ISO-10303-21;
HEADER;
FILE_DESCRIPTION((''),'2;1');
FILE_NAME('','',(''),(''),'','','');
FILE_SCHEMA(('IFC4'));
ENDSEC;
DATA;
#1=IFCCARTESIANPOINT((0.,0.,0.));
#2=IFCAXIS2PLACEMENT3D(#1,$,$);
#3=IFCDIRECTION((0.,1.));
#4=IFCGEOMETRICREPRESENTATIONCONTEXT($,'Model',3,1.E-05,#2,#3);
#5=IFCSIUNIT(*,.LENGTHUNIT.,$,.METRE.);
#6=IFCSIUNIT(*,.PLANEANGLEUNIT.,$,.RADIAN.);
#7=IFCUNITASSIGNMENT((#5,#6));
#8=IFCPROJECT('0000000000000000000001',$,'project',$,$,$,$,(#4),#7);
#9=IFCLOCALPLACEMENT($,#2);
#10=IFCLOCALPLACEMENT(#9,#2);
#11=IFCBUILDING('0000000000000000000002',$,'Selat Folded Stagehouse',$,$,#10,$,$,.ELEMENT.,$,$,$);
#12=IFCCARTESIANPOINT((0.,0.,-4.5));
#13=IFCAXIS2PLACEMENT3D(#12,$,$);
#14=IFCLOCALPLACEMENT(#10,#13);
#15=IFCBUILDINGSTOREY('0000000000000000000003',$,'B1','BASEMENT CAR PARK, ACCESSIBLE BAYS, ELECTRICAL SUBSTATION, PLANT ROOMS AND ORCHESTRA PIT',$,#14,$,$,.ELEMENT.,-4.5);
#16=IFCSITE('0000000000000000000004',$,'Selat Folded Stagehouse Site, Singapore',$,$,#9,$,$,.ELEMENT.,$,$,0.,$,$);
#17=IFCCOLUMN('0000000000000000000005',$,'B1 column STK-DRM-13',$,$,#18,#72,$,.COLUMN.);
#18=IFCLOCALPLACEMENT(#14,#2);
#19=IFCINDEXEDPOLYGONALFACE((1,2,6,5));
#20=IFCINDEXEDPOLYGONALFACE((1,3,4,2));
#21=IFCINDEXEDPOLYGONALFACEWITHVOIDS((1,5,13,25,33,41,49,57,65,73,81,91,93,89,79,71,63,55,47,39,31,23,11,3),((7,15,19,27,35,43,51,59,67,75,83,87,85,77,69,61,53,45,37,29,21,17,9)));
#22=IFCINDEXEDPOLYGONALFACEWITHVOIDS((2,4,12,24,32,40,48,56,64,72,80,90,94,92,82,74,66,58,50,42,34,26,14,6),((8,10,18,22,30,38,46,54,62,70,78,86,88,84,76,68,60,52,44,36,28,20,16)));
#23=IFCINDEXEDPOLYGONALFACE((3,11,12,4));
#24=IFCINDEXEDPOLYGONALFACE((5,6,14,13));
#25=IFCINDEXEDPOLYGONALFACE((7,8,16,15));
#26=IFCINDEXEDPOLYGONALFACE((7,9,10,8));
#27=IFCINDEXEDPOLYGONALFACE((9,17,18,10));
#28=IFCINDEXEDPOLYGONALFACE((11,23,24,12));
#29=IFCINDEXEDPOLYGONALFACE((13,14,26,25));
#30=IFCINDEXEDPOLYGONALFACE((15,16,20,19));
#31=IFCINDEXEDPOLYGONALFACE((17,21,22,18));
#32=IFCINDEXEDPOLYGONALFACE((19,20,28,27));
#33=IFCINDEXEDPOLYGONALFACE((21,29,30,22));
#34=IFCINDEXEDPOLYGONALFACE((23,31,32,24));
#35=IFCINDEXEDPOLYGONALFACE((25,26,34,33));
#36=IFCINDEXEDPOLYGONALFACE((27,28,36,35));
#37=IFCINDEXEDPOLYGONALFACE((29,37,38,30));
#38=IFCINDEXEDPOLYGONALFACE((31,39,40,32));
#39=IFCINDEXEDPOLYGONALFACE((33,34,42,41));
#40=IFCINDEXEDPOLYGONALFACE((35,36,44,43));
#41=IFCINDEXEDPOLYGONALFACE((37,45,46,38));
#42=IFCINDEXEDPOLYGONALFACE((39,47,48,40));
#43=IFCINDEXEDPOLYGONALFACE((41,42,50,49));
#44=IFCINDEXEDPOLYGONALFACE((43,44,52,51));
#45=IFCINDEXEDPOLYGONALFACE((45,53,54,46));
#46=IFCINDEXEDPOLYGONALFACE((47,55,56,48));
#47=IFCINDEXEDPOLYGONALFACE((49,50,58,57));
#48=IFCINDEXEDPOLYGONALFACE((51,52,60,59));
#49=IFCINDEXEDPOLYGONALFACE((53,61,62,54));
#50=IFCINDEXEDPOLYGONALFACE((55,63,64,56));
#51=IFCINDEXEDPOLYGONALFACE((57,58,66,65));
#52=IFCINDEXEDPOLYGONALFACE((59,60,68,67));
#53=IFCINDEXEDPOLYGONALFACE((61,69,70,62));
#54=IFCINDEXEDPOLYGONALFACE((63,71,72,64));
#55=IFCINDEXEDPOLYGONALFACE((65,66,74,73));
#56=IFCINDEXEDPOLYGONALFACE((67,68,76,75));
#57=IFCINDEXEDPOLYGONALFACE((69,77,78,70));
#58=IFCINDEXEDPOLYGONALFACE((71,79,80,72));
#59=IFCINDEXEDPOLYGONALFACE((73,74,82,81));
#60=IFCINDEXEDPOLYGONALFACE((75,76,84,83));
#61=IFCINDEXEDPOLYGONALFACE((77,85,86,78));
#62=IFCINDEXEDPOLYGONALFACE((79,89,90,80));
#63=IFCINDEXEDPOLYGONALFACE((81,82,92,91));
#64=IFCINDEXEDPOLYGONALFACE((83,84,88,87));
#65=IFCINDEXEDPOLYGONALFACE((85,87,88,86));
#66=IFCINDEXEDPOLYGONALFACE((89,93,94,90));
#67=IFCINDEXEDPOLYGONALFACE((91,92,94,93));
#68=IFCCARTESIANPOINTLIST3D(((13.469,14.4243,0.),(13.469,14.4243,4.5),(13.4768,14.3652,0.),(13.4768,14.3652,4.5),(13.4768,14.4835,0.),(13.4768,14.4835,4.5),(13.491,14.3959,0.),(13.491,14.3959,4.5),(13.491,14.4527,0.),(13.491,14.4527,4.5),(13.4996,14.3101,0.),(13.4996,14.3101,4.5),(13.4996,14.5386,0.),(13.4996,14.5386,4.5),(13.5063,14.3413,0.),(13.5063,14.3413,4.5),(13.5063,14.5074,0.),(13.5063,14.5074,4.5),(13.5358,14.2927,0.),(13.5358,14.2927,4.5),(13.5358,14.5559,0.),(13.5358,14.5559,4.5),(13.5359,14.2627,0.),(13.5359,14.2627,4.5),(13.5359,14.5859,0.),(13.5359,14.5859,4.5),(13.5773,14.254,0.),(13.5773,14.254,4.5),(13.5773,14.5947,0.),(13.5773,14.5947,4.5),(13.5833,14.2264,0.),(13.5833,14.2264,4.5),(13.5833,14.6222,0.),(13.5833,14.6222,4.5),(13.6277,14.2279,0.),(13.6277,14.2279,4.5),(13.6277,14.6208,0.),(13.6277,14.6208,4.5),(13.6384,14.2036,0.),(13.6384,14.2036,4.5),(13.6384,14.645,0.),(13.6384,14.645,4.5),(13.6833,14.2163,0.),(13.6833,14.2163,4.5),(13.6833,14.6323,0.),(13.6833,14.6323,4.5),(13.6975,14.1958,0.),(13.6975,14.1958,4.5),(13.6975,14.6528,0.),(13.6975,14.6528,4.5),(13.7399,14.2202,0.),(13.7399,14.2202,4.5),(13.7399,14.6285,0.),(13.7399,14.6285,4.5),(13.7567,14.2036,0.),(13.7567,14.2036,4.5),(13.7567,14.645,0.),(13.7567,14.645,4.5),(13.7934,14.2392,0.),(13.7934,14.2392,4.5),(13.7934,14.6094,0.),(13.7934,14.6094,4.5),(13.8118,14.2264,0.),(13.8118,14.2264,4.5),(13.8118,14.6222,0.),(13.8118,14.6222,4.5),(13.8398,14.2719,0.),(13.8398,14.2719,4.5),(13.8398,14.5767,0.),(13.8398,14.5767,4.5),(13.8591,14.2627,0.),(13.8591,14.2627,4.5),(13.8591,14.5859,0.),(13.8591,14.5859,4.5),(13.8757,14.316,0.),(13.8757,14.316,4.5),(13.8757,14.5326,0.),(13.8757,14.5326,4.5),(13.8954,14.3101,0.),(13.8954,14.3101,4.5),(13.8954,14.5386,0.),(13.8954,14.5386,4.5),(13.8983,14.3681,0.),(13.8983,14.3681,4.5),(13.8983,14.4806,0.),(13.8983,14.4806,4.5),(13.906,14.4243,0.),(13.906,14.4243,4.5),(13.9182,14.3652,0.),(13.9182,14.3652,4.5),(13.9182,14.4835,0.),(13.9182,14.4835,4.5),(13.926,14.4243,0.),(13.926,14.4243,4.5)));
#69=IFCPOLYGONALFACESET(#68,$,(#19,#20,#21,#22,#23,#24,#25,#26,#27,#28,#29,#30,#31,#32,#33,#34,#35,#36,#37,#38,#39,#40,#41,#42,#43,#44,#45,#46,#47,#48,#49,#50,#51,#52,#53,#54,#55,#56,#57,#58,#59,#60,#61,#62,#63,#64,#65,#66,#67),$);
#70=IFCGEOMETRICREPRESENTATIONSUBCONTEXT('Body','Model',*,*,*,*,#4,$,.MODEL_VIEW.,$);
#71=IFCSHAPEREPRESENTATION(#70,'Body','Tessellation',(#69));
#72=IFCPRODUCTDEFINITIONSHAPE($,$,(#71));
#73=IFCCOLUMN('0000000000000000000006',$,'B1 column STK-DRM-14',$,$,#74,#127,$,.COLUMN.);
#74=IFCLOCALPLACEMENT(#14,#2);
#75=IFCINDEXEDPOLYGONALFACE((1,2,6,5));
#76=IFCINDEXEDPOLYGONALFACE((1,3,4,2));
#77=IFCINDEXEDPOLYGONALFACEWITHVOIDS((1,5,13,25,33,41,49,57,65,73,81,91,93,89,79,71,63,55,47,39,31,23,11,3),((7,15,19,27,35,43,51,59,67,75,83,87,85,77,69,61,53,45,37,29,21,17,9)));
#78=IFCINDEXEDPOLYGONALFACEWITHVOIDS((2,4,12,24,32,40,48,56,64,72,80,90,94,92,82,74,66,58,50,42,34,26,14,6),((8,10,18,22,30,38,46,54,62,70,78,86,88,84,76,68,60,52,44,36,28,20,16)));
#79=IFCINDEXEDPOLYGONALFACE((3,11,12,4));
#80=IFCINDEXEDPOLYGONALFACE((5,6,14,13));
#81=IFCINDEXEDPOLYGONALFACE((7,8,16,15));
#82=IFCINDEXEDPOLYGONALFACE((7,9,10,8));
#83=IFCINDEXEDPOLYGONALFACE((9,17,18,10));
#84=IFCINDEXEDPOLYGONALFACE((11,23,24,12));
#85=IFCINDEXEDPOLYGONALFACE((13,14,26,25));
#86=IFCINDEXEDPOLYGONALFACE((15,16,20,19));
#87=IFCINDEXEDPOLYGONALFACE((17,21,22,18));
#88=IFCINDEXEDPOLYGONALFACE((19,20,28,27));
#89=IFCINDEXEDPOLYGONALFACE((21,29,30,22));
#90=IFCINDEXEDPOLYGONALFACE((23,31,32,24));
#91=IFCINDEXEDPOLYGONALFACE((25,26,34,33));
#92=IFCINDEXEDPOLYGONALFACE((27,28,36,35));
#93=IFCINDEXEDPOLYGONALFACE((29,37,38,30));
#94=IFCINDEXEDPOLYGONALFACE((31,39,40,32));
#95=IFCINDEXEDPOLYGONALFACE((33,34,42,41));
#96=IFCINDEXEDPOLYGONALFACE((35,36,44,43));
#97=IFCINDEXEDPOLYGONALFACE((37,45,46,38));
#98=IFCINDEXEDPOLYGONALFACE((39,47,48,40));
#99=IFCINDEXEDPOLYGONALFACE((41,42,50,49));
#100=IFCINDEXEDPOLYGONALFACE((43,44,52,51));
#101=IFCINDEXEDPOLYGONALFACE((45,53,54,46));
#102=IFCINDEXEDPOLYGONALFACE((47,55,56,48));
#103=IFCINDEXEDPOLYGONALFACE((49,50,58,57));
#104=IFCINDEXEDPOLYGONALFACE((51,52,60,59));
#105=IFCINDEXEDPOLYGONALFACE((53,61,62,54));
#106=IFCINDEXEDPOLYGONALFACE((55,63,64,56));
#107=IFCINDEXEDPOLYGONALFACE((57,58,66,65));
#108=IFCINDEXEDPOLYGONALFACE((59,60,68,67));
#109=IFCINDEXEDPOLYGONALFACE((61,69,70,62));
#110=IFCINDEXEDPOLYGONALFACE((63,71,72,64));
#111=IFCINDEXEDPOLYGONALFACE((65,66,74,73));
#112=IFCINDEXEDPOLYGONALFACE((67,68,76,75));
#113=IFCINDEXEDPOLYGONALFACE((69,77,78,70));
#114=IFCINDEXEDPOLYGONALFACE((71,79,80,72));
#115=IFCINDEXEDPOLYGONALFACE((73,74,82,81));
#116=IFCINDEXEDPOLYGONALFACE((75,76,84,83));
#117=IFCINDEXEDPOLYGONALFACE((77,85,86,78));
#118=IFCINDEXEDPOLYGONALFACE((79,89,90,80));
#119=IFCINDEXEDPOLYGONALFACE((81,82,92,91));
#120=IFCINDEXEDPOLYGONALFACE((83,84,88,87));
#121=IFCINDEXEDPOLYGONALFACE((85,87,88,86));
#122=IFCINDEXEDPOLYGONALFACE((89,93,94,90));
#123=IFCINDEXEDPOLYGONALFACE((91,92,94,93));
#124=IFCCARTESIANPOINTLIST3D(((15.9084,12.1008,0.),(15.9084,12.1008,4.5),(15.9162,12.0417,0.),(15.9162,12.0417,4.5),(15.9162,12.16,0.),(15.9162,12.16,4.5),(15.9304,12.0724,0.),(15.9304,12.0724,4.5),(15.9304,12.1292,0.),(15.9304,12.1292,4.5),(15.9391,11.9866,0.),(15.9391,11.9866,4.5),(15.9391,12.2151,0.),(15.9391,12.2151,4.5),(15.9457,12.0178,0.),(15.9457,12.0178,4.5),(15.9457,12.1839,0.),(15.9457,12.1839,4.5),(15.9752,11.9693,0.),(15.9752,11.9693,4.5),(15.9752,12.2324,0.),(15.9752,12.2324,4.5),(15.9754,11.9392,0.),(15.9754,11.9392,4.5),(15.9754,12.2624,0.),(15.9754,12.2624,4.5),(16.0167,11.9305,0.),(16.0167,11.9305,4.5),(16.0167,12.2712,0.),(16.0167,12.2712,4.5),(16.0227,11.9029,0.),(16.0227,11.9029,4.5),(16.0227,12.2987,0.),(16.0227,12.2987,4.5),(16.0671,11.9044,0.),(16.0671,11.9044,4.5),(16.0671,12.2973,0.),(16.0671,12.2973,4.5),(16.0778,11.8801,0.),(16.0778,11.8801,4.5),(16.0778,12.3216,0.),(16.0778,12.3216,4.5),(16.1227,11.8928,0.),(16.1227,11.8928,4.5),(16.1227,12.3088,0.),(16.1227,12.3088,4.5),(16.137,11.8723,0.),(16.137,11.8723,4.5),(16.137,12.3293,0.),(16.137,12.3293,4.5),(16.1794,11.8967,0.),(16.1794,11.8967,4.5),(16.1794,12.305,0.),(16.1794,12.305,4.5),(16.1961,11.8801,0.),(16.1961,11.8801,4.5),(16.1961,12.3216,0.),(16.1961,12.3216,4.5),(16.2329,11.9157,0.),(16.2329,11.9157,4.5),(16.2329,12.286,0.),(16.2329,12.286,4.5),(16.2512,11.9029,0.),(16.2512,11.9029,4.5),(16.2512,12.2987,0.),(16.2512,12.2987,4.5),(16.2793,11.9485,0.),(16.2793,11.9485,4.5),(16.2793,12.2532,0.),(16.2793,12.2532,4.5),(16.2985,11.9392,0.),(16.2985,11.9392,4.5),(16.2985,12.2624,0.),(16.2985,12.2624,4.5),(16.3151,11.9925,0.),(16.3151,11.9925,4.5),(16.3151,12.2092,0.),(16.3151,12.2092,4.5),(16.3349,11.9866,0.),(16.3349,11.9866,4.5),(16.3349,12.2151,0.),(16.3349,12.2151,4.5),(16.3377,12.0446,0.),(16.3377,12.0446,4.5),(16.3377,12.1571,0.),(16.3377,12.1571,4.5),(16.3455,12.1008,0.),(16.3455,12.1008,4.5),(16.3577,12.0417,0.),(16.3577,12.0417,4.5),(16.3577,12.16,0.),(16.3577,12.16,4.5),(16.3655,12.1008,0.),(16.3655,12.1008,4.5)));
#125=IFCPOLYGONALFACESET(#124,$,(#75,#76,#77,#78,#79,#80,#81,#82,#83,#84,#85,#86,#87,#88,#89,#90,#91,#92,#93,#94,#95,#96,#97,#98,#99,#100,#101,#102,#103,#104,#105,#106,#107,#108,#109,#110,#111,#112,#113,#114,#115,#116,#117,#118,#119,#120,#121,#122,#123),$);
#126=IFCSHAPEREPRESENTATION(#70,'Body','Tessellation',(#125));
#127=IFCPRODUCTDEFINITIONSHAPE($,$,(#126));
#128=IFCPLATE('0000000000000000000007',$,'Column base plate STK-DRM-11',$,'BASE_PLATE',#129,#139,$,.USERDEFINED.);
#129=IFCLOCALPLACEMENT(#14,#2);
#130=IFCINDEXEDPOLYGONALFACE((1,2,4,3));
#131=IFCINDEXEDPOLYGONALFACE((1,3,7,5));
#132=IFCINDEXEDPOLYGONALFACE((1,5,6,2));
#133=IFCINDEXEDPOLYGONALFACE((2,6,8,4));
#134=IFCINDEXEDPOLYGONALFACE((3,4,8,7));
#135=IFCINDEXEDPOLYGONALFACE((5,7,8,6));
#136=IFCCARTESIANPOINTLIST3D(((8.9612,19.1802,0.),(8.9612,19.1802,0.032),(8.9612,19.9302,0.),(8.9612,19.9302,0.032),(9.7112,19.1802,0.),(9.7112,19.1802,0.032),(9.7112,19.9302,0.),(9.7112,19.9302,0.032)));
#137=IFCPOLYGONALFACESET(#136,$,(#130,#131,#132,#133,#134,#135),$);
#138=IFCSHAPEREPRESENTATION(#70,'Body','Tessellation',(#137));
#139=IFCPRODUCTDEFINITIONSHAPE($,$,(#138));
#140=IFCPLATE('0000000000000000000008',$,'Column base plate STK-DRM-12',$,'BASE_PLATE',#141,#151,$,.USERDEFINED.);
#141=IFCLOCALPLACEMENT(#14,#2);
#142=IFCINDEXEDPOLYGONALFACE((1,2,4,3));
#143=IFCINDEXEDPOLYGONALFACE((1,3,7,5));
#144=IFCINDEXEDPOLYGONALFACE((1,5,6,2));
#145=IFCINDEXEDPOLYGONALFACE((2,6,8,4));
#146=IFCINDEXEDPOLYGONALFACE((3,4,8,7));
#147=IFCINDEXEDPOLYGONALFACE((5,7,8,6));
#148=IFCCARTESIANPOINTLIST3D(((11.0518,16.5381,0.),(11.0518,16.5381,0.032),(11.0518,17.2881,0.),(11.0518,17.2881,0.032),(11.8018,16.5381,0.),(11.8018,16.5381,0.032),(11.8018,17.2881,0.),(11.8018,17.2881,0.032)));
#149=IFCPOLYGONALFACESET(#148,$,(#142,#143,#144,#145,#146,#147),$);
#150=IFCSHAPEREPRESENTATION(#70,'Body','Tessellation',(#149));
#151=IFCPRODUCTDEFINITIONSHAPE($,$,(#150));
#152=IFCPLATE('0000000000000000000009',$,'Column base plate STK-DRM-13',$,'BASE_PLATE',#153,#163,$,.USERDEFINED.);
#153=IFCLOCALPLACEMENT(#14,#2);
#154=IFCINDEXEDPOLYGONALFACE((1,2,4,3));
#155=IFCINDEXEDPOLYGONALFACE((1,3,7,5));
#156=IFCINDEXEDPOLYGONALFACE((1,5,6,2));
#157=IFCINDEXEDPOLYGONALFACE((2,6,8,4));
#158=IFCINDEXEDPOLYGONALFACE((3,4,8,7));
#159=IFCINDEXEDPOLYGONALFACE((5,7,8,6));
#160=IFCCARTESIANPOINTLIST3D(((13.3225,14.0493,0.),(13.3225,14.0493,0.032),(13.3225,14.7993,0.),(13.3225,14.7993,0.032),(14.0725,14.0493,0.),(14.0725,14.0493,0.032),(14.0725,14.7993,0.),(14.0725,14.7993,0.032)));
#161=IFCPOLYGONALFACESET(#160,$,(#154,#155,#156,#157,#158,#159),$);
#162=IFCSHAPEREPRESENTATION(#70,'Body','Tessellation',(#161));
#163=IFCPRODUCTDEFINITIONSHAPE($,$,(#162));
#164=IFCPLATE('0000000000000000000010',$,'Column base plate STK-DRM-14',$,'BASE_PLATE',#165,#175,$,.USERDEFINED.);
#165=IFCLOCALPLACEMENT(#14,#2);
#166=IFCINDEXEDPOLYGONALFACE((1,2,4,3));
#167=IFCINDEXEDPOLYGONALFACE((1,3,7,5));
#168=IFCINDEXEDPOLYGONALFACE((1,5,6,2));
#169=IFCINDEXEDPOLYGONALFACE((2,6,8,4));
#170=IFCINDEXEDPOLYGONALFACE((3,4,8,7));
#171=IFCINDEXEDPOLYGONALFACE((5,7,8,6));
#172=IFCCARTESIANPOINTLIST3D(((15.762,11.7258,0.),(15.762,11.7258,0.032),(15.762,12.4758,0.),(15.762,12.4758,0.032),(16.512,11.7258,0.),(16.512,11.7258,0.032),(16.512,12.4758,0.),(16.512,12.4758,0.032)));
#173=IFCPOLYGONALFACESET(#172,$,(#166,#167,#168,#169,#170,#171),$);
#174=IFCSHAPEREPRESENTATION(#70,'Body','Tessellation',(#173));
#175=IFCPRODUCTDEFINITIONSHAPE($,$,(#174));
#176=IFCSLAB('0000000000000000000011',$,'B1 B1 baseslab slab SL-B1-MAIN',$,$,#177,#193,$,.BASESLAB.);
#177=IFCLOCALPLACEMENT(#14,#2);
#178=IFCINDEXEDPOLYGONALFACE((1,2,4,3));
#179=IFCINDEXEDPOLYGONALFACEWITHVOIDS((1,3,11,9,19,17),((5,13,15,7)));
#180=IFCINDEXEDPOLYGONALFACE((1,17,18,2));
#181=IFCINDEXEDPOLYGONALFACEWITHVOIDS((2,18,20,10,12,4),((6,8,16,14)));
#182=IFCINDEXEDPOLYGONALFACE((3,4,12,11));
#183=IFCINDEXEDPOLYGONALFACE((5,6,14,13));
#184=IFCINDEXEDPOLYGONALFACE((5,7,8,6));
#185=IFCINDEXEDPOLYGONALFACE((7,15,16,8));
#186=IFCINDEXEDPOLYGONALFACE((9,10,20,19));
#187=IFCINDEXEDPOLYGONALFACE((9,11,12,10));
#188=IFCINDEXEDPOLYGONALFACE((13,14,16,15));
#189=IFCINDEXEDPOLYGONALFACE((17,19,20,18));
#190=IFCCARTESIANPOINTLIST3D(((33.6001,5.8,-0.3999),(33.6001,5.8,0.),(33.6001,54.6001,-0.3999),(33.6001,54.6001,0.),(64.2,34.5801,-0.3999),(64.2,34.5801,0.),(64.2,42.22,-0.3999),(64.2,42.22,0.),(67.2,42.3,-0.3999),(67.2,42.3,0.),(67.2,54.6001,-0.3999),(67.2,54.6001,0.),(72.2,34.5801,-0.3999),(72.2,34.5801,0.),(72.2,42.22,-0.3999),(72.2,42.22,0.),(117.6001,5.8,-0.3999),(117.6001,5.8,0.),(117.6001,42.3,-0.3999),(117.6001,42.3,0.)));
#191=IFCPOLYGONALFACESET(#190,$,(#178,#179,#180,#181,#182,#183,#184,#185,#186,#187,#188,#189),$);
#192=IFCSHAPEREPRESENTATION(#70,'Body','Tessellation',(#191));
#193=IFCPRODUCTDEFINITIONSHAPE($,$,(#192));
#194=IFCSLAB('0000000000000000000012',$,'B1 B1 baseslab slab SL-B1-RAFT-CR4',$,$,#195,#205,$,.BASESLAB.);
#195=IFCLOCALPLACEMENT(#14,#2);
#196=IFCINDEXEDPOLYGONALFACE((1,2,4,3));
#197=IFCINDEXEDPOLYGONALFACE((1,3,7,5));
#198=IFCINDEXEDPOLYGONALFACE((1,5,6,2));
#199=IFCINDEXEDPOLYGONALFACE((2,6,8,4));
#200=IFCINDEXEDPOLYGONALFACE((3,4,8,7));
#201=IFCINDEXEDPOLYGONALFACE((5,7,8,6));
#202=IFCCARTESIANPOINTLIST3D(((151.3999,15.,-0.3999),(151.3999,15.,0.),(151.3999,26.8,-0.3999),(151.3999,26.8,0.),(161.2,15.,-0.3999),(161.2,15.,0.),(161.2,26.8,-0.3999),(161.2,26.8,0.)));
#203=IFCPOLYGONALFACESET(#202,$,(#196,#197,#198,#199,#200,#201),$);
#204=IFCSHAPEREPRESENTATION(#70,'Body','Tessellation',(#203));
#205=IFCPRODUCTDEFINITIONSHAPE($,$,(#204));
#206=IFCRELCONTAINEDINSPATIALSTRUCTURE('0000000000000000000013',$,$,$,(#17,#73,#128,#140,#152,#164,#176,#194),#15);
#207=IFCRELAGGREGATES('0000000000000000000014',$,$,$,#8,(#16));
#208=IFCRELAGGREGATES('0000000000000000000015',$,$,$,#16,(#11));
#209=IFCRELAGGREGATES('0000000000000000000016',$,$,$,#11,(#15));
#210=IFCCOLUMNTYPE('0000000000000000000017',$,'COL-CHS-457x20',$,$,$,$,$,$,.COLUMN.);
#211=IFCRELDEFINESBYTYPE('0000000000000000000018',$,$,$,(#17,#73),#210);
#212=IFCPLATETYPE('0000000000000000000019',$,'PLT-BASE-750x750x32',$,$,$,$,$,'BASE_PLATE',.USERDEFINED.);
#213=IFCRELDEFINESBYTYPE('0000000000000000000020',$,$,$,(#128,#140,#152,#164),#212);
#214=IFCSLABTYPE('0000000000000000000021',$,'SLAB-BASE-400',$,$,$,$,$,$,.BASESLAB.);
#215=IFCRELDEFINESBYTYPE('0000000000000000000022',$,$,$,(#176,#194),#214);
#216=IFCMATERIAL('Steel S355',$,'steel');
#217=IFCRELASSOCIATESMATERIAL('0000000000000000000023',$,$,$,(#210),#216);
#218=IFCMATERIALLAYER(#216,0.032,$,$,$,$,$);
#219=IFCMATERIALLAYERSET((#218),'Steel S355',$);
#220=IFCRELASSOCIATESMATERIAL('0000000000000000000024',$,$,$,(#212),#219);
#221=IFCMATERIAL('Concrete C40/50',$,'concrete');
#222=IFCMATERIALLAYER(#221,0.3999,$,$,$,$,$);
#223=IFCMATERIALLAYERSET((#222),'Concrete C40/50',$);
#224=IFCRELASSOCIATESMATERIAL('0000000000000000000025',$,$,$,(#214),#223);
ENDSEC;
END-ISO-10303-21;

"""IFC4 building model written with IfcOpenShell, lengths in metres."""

from ifc_helpers import new_model, si_unit, direction, frame, origin, origin_2d, place, context, subcontext, project, spatial, polyline, rectangle, hollow_circle, outline, extrude, material, layer, layer_set, material_profile, profile_set, type_object, element, save


model = new_model("IFC4")

# Units and contexts
model_context = context("Model", 3, precision=1e-05, world=origin(), true_north=direction((0.0, 1.0)))
body_context = subcontext(model_context, "Body", "Model", "MODEL_VIEW")
ifc_project = project(units=[si_unit("LENGTHUNIT", "METRE"), si_unit("PLANEANGLEUNIT", "RADIAN")], contexts=[model_context])

# Site, building, storey
site_placement = place(None, origin())
site = spatial("IfcSite", under=ifc_project, at=site_placement, Name="Selat Folded Stagehouse Site, Singapore", CompositionType="ELEMENT", RefElevation=0.0)
building_placement = place(site_placement, origin())
building = spatial("IfcBuilding", under=site, at=building_placement, Name="Selat Folded Stagehouse", CompositionType="ELEMENT")
storey_placement = place(building_placement, frame((0.0, 0.0, -4.5)))
storey = spatial("IfcBuildingStorey", under=building, at=storey_placement, Name="B1", Description="BASEMENT CAR PARK, ACCESSIBLE BAYS, ELECTRICAL SUBSTATION, PLANT ROOMS AND ORCHESTRA PIT", CompositionType="ELEMENT", Elevation=-4.5)

# Shared definitions
ifc_material_1 = material(Name="Concrete C40/50", Category="concrete")

# Columns
ifc_material_2 = material(Name="Steel S355", Category="steel")
ifc_material_profile = material_profile(ifc_material_2, hollow_circle(Radius=0.2285, WallThickness=0.02, at=origin_2d()), Name="CHS 457.0x20.0")
ifc_profile_set = profile_set([ifc_material_profile], Name="Steel S355")
column_type = type_object("IfcColumnType", Name="COL-CHS-457x20", PredefinedType="COLUMN", material=ifc_profile_set)
for number, where, z_axis, x_axis, name in (
    (1, (13.6975, 14.4243, 0.0), (0.0, 0.0, 1.0), (1.0, 0.0, 0.0), "B1 column STK-DRM-13"),
    (2, (16.137, 12.1008, 0.0), (0.0, 0.0, 1.0), (1.0, 0.0, 0.0), "B1 column STK-DRM-14"),
):
    element("IfcColumn", number, at=place(storey_placement, frame(where, z_axis=z_axis, x_axis=x_axis)), inside=storey, type_object=column_type, Name=name, PredefinedType="COLUMN", context=body_context, shape_type="SweptSolid", body=[
        extrude(hollow_circle(Radius=0.2285, WallThickness=0.02, at=origin_2d()), origin(), (0.0, 0.0, 1.0), 4.5),
    ])

# Plates
ifc_layer_1 = layer(ifc_material_2, 0.032)
ifc_layer_set_1 = layer_set([ifc_layer_1], Name="Steel S355")
plate_type = type_object("IfcPlateType", Name="PLT-BASE-750x750x32", ElementType="BASE_PLATE", PredefinedType="USERDEFINED", material=ifc_layer_set_1)
for number, where, z_axis, x_axis, name in (
    (3, (9.3362, 19.5552, 0.0), (0.0, 0.0, 1.0), (1.0, 0.0, 0.0), "Column base plate STK-DRM-11"),
    (4, (11.4268, 16.9131, 0.0), (0.0, 0.0, 1.0), (1.0, 0.0, 0.0), "Column base plate STK-DRM-12"),
    (5, (13.6975, 14.4243, 0.0), (0.0, 0.0, 1.0), (1.0, 0.0, 0.0), "Column base plate STK-DRM-13"),
    (6, (16.137, 12.1008, 0.0), (0.0, 0.0, 1.0), (1.0, 0.0, 0.0), "Column base plate STK-DRM-14"),
):
    element("IfcPlate", number, at=place(storey_placement, frame(where, z_axis=z_axis, x_axis=x_axis)), inside=storey, type_object=plate_type, Name=name, ObjectType="BASE_PLATE", PredefinedType="USERDEFINED", context=body_context, shape_type="SweptSolid", body=[
        extrude(rectangle(XDim=0.75, YDim=0.75, at=origin_2d()), origin(), (0.0, 0.0, 1.0), 0.032),
    ])

# Slabs
ifc_layer_2 = layer(ifc_material_1, 0.3999)
ifc_layer_set_2 = layer_set([ifc_layer_2], Name="Concrete C40/50")
slab_type_1 = type_object("IfcSlabType", Name="SLAB-BASE-400", PredefinedType="BASESLAB", material=ifc_layer_set_2)
slab_1_placement = place(storey_placement, frame((0.0, 0.0, -0.3999)))
element("IfcSlab", 7, at=slab_1_placement, inside=storey, type_object=slab_type_1, Name="B1 B1 baseslab slab SL-B1-MAIN", PredefinedType="BASESLAB", context=body_context, shape_type="SweptSolid", body=[
    extrude(outline(polyline([(33.6001, 5.8), (117.6001, 5.8), (117.6001, 42.3), (67.2, 42.3), (67.2, 54.6001), (33.6001, 54.6001), (33.6001, 5.8)]), holes=[polyline([(64.2, 42.22), (72.2, 42.22), (72.2, 34.5801), (64.2, 34.5801), (64.2, 42.22)])]), origin(), (0.0, 0.0, 1.0), 0.3999),
])
slab_2_placement = place(storey_placement, frame((0.0, 0.0, -0.3999)))
element("IfcSlab", 8, at=slab_2_placement, inside=storey, type_object=slab_type_1, Name="B1 B1 baseslab slab SL-B1-RAFT-CR4", PredefinedType="BASESLAB", context=body_context, shape_type="SweptSolid", body=[
    extrude(outline(polyline([(151.3999, 15.0), (161.2, 15.0), (161.2, 26.8), (151.3999, 26.8), (151.3999, 15.0)])), origin(), (0.0, 0.0, 1.0), 0.3999),
])

save(model, "model.ifc")
